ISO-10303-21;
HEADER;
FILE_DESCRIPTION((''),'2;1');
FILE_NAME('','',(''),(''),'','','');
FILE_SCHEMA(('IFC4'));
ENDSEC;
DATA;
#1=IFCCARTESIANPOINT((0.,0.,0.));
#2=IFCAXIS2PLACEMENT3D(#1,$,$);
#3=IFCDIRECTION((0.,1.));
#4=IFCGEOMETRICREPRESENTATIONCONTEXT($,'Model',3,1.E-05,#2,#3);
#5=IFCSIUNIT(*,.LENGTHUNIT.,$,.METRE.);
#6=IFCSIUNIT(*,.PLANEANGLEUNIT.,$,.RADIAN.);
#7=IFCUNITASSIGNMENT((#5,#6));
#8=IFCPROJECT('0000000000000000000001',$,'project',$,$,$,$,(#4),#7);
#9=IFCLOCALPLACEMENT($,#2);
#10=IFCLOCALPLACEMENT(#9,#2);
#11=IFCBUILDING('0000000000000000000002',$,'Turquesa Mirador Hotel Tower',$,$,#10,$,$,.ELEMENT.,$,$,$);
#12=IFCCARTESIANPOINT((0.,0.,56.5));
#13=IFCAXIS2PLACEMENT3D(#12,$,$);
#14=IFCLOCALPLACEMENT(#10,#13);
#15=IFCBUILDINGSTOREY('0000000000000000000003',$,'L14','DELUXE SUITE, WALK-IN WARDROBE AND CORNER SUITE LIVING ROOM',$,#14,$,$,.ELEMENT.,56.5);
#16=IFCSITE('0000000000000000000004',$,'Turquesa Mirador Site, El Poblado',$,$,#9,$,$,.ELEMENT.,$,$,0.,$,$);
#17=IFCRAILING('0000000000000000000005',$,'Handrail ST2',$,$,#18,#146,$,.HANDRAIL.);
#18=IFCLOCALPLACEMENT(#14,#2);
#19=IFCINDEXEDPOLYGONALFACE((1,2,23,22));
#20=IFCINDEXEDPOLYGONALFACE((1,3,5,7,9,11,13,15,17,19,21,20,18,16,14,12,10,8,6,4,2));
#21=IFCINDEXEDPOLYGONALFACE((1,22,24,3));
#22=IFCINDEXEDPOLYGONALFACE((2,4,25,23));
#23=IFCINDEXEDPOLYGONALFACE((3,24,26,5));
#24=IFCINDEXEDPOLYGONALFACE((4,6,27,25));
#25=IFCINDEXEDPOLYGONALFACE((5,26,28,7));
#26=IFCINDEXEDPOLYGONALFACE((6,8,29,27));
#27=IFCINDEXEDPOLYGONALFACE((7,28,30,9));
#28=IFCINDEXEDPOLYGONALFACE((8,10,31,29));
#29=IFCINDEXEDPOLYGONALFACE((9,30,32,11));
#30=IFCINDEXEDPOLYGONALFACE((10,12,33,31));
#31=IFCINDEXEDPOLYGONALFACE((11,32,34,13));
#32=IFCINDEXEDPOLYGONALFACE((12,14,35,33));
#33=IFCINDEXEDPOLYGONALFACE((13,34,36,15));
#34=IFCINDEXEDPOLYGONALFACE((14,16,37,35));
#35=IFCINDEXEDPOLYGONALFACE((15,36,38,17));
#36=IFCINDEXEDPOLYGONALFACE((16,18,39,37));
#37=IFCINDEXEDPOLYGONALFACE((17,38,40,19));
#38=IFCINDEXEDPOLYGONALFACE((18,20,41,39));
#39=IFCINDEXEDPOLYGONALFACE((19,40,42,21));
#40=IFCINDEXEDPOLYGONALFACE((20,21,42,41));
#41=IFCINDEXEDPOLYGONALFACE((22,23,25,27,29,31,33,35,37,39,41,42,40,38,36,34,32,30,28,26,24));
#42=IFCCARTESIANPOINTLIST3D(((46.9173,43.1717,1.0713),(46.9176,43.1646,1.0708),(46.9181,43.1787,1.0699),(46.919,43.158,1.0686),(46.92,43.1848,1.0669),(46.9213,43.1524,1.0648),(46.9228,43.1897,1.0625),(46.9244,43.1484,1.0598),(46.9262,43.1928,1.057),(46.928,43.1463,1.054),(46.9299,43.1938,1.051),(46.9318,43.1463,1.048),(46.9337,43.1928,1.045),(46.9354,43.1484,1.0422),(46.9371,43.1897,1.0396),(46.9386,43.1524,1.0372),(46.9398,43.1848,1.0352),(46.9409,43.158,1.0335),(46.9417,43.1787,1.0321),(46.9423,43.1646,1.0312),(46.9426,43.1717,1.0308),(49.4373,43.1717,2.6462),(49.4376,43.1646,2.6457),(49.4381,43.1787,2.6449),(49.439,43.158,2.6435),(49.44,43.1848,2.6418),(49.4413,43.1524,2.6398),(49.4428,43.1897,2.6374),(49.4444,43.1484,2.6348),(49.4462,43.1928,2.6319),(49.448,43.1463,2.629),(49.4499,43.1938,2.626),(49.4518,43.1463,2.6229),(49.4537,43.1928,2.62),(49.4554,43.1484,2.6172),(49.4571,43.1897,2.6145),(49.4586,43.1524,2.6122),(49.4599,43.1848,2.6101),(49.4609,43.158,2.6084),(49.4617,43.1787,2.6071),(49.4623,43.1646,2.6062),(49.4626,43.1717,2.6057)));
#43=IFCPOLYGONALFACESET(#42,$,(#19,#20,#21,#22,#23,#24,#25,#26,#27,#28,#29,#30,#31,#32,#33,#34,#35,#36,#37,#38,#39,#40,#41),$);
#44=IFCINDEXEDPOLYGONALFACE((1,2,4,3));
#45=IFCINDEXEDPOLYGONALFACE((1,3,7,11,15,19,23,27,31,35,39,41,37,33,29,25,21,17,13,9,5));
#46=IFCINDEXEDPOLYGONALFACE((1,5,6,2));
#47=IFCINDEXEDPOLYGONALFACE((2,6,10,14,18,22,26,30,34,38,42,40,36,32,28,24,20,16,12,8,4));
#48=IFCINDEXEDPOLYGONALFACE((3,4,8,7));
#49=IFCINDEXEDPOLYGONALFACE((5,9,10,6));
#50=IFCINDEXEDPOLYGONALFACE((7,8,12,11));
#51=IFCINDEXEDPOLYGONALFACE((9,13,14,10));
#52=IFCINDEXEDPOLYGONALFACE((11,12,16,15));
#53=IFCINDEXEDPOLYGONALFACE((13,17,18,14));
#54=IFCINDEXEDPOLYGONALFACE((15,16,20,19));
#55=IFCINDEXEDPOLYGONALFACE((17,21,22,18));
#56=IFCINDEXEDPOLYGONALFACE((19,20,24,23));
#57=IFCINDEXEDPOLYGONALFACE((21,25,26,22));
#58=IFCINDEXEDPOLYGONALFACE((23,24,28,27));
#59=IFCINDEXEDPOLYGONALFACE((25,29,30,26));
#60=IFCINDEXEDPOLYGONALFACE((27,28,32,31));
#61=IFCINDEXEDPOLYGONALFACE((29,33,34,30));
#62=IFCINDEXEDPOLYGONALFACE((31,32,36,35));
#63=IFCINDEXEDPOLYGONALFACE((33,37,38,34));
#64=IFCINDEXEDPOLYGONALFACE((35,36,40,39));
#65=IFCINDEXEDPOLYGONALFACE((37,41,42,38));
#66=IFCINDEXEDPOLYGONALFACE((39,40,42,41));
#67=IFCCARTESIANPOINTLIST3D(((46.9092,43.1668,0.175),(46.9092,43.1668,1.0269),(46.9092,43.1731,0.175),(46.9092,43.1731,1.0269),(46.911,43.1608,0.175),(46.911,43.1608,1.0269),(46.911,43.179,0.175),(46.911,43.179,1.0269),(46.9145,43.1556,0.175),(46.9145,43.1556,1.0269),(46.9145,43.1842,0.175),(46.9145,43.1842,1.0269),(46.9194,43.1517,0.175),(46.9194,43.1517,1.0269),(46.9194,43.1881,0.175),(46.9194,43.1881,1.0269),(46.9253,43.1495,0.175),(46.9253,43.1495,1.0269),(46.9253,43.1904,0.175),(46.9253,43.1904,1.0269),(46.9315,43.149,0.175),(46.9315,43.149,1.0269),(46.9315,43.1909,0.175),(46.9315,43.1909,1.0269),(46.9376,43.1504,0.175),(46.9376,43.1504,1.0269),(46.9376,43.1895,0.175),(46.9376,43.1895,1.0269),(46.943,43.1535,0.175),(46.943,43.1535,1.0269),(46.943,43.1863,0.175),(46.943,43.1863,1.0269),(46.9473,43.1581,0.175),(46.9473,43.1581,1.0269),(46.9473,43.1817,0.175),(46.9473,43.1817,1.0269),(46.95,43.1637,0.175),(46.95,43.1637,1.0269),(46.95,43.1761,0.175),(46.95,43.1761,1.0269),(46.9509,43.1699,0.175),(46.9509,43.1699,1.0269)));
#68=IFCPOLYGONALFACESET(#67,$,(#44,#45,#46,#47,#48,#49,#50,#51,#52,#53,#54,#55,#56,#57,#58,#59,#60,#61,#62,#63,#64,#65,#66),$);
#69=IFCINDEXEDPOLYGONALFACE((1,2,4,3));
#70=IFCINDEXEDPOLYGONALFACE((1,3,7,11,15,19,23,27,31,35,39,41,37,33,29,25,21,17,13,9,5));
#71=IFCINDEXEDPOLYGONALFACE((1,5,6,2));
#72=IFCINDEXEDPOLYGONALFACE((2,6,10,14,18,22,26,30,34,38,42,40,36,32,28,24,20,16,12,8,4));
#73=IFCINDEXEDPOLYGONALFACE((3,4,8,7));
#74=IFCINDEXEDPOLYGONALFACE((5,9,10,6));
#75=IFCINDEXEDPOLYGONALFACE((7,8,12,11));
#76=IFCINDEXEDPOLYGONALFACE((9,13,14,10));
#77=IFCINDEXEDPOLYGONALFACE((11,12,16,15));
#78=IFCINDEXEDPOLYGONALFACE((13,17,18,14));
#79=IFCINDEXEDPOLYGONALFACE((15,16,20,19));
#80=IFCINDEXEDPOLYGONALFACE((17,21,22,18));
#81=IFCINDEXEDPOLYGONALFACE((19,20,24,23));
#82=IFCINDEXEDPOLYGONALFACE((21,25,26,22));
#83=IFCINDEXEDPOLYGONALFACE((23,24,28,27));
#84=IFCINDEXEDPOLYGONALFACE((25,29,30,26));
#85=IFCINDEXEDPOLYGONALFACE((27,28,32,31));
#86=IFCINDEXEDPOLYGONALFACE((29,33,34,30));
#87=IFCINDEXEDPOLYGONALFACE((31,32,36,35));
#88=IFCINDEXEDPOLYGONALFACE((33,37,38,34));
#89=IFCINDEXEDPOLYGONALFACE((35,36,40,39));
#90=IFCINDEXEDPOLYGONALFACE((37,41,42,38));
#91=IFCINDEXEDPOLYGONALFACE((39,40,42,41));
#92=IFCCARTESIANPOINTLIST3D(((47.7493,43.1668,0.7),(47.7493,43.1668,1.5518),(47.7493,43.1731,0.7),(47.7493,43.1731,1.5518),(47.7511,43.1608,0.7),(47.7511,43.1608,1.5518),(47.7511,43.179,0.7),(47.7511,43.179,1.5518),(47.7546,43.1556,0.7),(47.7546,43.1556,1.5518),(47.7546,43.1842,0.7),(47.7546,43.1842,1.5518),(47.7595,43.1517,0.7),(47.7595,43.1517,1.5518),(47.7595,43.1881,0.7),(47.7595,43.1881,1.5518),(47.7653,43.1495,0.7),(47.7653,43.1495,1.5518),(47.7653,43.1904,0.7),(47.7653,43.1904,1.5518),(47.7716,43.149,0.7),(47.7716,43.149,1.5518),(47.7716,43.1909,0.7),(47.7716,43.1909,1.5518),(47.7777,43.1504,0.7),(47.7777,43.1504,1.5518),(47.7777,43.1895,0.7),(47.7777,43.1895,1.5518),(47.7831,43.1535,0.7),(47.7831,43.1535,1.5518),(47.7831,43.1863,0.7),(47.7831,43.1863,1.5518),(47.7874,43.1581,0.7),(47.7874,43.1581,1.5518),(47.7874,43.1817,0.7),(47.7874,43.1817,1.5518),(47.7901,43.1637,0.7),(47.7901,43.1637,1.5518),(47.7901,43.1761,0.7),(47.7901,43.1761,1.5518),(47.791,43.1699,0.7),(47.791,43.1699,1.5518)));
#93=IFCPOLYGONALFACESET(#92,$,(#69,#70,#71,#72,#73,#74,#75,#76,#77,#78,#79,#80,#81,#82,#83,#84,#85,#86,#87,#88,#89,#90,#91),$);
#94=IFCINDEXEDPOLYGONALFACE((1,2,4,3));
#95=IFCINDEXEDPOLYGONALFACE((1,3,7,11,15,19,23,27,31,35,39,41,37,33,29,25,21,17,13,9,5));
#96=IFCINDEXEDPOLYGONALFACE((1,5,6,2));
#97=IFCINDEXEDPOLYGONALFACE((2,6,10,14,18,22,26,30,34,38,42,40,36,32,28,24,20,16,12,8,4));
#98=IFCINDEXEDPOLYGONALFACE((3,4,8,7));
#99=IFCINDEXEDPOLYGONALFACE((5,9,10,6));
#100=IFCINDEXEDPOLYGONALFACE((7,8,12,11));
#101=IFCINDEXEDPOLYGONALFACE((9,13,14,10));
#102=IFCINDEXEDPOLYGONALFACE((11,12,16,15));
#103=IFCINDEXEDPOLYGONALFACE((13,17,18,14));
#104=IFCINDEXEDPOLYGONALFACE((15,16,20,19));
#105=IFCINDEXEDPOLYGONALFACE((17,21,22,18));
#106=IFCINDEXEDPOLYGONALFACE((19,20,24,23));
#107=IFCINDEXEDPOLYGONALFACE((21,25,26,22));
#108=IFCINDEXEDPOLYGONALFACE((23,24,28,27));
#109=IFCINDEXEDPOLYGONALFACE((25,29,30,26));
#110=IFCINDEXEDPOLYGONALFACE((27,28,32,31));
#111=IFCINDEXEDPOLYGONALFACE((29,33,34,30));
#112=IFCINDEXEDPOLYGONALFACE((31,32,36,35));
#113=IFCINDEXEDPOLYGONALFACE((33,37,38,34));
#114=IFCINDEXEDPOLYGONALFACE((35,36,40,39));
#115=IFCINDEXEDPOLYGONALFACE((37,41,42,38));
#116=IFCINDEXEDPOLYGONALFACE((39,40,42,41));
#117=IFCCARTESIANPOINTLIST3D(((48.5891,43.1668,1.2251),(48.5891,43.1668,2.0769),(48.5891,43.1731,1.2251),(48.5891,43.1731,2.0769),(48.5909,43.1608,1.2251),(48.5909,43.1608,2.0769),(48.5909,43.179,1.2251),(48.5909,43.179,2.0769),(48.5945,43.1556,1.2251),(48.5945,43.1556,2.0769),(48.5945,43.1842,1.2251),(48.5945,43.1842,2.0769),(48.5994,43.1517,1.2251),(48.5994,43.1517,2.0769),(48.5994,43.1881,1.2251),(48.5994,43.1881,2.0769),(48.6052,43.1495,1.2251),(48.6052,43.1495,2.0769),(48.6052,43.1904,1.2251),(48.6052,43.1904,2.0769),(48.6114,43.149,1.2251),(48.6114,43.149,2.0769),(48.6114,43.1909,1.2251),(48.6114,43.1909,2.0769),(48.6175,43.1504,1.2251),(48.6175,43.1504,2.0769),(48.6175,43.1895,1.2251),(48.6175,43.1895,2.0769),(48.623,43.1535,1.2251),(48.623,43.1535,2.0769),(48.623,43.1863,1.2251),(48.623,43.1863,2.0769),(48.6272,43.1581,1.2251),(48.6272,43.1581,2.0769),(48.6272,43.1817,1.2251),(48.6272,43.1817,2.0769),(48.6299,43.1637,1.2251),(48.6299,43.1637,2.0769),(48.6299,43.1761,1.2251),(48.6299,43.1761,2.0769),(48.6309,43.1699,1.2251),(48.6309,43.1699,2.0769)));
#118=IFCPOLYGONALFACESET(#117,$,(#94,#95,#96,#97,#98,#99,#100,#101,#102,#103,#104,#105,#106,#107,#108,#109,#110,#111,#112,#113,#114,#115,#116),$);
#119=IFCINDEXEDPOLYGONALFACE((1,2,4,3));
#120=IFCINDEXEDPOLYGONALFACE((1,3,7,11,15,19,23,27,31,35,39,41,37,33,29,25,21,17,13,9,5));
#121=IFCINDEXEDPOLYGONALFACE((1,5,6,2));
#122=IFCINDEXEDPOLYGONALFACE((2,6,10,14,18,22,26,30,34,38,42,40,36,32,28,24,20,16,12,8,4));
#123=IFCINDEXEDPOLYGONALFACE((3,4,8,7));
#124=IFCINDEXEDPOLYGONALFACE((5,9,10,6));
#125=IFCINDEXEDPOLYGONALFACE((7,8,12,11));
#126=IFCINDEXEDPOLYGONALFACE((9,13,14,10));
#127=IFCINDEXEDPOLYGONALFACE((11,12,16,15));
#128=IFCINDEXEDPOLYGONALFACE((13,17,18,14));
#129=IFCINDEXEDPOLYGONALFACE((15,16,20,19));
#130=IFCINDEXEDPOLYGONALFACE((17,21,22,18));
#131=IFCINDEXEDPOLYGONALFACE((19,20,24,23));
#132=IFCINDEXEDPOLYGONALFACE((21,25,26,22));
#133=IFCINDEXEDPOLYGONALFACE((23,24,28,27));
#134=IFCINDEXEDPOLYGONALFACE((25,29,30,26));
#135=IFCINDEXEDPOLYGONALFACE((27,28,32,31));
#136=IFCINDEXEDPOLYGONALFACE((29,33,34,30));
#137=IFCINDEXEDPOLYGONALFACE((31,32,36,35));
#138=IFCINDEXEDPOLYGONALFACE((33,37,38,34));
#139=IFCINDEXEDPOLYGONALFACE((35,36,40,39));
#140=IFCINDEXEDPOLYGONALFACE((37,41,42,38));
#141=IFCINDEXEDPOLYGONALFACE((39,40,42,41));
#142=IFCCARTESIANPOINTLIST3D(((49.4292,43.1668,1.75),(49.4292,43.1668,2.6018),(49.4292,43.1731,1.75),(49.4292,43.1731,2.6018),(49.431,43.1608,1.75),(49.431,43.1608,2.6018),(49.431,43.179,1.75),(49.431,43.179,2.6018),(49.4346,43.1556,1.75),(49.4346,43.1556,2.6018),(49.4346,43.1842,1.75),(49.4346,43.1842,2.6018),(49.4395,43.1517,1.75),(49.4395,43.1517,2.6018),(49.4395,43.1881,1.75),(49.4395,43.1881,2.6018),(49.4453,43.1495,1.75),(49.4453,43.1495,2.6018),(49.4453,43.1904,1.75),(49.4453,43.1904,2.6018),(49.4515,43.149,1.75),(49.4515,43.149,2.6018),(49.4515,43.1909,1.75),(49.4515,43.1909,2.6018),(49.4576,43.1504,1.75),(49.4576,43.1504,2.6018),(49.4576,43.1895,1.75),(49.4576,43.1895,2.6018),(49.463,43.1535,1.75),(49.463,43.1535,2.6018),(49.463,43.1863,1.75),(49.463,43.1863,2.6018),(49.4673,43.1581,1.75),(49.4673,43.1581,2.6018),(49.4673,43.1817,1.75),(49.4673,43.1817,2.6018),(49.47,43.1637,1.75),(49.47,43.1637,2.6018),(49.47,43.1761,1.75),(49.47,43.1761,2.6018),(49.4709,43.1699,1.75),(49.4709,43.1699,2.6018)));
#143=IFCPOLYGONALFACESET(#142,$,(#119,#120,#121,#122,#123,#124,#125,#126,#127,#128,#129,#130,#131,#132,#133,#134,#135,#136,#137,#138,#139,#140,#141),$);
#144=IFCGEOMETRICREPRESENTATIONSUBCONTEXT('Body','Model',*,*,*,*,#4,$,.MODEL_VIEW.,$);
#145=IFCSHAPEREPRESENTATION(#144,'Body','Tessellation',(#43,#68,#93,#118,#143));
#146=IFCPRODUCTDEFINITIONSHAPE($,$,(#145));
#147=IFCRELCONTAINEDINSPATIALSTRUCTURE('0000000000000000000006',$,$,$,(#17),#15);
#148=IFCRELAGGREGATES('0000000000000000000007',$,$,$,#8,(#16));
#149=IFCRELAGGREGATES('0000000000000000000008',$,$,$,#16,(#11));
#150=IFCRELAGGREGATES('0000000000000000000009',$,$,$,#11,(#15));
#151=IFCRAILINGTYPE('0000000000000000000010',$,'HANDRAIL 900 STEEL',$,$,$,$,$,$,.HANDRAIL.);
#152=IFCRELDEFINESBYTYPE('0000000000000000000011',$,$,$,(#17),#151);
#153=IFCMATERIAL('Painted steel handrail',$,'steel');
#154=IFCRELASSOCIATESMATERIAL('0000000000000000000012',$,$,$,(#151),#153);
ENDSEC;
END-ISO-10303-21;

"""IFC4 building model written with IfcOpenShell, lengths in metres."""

from ifc_helpers import new_model, si_unit, direction, frame, origin, origin_2d, place, context, subcontext, project, spatial, circle, extrude, material, type_object, element, save


model = new_model("IFC4")

# Units and contexts
model_context = context("Model", 3, precision=1e-05, world=origin(), true_north=direction((0.0, 1.0)))
body_context = subcontext(model_context, "Body", "Model", "MODEL_VIEW")
ifc_project = project(units=[si_unit("LENGTHUNIT", "METRE"), si_unit("PLANEANGLEUNIT", "RADIAN")], contexts=[model_context])

# Site, building, storey
site_placement = place(None, origin())
site = spatial("IfcSite", under=ifc_project, at=site_placement, Name="Turquesa Mirador Site, El Poblado", CompositionType="ELEMENT", RefElevation=0.0)
building_placement = place(site_placement, origin())
building = spatial("IfcBuilding", under=site, at=building_placement, Name="Turquesa Mirador Hotel Tower", CompositionType="ELEMENT")
storey_placement = place(building_placement, frame((0.0, 0.0, 56.5)))
storey = spatial("IfcBuildingStorey", under=building, at=storey_placement, Name="L14", Description="DELUXE SUITE, WALK-IN WARDROBE AND CORNER SUITE LIVING ROOM", CompositionType="ELEMENT", Elevation=56.5)

# Railing
ifc_material_1 = material(Name="Painted steel handrail", Category="steel")
railing_type = type_object("IfcRailingType", Name="HANDRAIL 900 STEEL", PredefinedType="HANDRAIL", material=ifc_material_1)
railing_1_placement = place(storey_placement, frame((46.9299, 43.1699, 0.175)))
element("IfcRailing", 1, at=railing_1_placement, inside=storey, type_object=railing_type, Name="Handrail ST2", PredefinedType="HANDRAIL", context=body_context, shape_type="SweptSolid", body=[
    extrude(circle(Radius=0.0239, at=origin_2d()), frame((0.0, 0.0, 0.876), z_axis=(0.848008, 0.0, 0.529984), x_axis=(0.0, 1.0, 0.0)), (0.0, 0.0, 1.0), 2.9717),
    extrude(circle(Radius=0.021, at=origin_2d()), origin(), (0.0, 0.0, 1.0), 0.8518),
    extrude(circle(Radius=0.021, at=origin_2d()), frame((0.8401, 0.0, 0.5249)), (0.0, 0.0, 1.0), 0.8518),
    extrude(circle(Radius=0.021, at=origin_2d()), frame((1.6799, 0.0, 1.05)), (0.0, 0.0, 1.0), 0.8518),
    extrude(circle(Radius=0.021, at=origin_2d()), frame((2.52, 0.0, 1.575)), (0.0, 0.0, 1.0), 0.8518),
])

save(model, "model.ifc")
